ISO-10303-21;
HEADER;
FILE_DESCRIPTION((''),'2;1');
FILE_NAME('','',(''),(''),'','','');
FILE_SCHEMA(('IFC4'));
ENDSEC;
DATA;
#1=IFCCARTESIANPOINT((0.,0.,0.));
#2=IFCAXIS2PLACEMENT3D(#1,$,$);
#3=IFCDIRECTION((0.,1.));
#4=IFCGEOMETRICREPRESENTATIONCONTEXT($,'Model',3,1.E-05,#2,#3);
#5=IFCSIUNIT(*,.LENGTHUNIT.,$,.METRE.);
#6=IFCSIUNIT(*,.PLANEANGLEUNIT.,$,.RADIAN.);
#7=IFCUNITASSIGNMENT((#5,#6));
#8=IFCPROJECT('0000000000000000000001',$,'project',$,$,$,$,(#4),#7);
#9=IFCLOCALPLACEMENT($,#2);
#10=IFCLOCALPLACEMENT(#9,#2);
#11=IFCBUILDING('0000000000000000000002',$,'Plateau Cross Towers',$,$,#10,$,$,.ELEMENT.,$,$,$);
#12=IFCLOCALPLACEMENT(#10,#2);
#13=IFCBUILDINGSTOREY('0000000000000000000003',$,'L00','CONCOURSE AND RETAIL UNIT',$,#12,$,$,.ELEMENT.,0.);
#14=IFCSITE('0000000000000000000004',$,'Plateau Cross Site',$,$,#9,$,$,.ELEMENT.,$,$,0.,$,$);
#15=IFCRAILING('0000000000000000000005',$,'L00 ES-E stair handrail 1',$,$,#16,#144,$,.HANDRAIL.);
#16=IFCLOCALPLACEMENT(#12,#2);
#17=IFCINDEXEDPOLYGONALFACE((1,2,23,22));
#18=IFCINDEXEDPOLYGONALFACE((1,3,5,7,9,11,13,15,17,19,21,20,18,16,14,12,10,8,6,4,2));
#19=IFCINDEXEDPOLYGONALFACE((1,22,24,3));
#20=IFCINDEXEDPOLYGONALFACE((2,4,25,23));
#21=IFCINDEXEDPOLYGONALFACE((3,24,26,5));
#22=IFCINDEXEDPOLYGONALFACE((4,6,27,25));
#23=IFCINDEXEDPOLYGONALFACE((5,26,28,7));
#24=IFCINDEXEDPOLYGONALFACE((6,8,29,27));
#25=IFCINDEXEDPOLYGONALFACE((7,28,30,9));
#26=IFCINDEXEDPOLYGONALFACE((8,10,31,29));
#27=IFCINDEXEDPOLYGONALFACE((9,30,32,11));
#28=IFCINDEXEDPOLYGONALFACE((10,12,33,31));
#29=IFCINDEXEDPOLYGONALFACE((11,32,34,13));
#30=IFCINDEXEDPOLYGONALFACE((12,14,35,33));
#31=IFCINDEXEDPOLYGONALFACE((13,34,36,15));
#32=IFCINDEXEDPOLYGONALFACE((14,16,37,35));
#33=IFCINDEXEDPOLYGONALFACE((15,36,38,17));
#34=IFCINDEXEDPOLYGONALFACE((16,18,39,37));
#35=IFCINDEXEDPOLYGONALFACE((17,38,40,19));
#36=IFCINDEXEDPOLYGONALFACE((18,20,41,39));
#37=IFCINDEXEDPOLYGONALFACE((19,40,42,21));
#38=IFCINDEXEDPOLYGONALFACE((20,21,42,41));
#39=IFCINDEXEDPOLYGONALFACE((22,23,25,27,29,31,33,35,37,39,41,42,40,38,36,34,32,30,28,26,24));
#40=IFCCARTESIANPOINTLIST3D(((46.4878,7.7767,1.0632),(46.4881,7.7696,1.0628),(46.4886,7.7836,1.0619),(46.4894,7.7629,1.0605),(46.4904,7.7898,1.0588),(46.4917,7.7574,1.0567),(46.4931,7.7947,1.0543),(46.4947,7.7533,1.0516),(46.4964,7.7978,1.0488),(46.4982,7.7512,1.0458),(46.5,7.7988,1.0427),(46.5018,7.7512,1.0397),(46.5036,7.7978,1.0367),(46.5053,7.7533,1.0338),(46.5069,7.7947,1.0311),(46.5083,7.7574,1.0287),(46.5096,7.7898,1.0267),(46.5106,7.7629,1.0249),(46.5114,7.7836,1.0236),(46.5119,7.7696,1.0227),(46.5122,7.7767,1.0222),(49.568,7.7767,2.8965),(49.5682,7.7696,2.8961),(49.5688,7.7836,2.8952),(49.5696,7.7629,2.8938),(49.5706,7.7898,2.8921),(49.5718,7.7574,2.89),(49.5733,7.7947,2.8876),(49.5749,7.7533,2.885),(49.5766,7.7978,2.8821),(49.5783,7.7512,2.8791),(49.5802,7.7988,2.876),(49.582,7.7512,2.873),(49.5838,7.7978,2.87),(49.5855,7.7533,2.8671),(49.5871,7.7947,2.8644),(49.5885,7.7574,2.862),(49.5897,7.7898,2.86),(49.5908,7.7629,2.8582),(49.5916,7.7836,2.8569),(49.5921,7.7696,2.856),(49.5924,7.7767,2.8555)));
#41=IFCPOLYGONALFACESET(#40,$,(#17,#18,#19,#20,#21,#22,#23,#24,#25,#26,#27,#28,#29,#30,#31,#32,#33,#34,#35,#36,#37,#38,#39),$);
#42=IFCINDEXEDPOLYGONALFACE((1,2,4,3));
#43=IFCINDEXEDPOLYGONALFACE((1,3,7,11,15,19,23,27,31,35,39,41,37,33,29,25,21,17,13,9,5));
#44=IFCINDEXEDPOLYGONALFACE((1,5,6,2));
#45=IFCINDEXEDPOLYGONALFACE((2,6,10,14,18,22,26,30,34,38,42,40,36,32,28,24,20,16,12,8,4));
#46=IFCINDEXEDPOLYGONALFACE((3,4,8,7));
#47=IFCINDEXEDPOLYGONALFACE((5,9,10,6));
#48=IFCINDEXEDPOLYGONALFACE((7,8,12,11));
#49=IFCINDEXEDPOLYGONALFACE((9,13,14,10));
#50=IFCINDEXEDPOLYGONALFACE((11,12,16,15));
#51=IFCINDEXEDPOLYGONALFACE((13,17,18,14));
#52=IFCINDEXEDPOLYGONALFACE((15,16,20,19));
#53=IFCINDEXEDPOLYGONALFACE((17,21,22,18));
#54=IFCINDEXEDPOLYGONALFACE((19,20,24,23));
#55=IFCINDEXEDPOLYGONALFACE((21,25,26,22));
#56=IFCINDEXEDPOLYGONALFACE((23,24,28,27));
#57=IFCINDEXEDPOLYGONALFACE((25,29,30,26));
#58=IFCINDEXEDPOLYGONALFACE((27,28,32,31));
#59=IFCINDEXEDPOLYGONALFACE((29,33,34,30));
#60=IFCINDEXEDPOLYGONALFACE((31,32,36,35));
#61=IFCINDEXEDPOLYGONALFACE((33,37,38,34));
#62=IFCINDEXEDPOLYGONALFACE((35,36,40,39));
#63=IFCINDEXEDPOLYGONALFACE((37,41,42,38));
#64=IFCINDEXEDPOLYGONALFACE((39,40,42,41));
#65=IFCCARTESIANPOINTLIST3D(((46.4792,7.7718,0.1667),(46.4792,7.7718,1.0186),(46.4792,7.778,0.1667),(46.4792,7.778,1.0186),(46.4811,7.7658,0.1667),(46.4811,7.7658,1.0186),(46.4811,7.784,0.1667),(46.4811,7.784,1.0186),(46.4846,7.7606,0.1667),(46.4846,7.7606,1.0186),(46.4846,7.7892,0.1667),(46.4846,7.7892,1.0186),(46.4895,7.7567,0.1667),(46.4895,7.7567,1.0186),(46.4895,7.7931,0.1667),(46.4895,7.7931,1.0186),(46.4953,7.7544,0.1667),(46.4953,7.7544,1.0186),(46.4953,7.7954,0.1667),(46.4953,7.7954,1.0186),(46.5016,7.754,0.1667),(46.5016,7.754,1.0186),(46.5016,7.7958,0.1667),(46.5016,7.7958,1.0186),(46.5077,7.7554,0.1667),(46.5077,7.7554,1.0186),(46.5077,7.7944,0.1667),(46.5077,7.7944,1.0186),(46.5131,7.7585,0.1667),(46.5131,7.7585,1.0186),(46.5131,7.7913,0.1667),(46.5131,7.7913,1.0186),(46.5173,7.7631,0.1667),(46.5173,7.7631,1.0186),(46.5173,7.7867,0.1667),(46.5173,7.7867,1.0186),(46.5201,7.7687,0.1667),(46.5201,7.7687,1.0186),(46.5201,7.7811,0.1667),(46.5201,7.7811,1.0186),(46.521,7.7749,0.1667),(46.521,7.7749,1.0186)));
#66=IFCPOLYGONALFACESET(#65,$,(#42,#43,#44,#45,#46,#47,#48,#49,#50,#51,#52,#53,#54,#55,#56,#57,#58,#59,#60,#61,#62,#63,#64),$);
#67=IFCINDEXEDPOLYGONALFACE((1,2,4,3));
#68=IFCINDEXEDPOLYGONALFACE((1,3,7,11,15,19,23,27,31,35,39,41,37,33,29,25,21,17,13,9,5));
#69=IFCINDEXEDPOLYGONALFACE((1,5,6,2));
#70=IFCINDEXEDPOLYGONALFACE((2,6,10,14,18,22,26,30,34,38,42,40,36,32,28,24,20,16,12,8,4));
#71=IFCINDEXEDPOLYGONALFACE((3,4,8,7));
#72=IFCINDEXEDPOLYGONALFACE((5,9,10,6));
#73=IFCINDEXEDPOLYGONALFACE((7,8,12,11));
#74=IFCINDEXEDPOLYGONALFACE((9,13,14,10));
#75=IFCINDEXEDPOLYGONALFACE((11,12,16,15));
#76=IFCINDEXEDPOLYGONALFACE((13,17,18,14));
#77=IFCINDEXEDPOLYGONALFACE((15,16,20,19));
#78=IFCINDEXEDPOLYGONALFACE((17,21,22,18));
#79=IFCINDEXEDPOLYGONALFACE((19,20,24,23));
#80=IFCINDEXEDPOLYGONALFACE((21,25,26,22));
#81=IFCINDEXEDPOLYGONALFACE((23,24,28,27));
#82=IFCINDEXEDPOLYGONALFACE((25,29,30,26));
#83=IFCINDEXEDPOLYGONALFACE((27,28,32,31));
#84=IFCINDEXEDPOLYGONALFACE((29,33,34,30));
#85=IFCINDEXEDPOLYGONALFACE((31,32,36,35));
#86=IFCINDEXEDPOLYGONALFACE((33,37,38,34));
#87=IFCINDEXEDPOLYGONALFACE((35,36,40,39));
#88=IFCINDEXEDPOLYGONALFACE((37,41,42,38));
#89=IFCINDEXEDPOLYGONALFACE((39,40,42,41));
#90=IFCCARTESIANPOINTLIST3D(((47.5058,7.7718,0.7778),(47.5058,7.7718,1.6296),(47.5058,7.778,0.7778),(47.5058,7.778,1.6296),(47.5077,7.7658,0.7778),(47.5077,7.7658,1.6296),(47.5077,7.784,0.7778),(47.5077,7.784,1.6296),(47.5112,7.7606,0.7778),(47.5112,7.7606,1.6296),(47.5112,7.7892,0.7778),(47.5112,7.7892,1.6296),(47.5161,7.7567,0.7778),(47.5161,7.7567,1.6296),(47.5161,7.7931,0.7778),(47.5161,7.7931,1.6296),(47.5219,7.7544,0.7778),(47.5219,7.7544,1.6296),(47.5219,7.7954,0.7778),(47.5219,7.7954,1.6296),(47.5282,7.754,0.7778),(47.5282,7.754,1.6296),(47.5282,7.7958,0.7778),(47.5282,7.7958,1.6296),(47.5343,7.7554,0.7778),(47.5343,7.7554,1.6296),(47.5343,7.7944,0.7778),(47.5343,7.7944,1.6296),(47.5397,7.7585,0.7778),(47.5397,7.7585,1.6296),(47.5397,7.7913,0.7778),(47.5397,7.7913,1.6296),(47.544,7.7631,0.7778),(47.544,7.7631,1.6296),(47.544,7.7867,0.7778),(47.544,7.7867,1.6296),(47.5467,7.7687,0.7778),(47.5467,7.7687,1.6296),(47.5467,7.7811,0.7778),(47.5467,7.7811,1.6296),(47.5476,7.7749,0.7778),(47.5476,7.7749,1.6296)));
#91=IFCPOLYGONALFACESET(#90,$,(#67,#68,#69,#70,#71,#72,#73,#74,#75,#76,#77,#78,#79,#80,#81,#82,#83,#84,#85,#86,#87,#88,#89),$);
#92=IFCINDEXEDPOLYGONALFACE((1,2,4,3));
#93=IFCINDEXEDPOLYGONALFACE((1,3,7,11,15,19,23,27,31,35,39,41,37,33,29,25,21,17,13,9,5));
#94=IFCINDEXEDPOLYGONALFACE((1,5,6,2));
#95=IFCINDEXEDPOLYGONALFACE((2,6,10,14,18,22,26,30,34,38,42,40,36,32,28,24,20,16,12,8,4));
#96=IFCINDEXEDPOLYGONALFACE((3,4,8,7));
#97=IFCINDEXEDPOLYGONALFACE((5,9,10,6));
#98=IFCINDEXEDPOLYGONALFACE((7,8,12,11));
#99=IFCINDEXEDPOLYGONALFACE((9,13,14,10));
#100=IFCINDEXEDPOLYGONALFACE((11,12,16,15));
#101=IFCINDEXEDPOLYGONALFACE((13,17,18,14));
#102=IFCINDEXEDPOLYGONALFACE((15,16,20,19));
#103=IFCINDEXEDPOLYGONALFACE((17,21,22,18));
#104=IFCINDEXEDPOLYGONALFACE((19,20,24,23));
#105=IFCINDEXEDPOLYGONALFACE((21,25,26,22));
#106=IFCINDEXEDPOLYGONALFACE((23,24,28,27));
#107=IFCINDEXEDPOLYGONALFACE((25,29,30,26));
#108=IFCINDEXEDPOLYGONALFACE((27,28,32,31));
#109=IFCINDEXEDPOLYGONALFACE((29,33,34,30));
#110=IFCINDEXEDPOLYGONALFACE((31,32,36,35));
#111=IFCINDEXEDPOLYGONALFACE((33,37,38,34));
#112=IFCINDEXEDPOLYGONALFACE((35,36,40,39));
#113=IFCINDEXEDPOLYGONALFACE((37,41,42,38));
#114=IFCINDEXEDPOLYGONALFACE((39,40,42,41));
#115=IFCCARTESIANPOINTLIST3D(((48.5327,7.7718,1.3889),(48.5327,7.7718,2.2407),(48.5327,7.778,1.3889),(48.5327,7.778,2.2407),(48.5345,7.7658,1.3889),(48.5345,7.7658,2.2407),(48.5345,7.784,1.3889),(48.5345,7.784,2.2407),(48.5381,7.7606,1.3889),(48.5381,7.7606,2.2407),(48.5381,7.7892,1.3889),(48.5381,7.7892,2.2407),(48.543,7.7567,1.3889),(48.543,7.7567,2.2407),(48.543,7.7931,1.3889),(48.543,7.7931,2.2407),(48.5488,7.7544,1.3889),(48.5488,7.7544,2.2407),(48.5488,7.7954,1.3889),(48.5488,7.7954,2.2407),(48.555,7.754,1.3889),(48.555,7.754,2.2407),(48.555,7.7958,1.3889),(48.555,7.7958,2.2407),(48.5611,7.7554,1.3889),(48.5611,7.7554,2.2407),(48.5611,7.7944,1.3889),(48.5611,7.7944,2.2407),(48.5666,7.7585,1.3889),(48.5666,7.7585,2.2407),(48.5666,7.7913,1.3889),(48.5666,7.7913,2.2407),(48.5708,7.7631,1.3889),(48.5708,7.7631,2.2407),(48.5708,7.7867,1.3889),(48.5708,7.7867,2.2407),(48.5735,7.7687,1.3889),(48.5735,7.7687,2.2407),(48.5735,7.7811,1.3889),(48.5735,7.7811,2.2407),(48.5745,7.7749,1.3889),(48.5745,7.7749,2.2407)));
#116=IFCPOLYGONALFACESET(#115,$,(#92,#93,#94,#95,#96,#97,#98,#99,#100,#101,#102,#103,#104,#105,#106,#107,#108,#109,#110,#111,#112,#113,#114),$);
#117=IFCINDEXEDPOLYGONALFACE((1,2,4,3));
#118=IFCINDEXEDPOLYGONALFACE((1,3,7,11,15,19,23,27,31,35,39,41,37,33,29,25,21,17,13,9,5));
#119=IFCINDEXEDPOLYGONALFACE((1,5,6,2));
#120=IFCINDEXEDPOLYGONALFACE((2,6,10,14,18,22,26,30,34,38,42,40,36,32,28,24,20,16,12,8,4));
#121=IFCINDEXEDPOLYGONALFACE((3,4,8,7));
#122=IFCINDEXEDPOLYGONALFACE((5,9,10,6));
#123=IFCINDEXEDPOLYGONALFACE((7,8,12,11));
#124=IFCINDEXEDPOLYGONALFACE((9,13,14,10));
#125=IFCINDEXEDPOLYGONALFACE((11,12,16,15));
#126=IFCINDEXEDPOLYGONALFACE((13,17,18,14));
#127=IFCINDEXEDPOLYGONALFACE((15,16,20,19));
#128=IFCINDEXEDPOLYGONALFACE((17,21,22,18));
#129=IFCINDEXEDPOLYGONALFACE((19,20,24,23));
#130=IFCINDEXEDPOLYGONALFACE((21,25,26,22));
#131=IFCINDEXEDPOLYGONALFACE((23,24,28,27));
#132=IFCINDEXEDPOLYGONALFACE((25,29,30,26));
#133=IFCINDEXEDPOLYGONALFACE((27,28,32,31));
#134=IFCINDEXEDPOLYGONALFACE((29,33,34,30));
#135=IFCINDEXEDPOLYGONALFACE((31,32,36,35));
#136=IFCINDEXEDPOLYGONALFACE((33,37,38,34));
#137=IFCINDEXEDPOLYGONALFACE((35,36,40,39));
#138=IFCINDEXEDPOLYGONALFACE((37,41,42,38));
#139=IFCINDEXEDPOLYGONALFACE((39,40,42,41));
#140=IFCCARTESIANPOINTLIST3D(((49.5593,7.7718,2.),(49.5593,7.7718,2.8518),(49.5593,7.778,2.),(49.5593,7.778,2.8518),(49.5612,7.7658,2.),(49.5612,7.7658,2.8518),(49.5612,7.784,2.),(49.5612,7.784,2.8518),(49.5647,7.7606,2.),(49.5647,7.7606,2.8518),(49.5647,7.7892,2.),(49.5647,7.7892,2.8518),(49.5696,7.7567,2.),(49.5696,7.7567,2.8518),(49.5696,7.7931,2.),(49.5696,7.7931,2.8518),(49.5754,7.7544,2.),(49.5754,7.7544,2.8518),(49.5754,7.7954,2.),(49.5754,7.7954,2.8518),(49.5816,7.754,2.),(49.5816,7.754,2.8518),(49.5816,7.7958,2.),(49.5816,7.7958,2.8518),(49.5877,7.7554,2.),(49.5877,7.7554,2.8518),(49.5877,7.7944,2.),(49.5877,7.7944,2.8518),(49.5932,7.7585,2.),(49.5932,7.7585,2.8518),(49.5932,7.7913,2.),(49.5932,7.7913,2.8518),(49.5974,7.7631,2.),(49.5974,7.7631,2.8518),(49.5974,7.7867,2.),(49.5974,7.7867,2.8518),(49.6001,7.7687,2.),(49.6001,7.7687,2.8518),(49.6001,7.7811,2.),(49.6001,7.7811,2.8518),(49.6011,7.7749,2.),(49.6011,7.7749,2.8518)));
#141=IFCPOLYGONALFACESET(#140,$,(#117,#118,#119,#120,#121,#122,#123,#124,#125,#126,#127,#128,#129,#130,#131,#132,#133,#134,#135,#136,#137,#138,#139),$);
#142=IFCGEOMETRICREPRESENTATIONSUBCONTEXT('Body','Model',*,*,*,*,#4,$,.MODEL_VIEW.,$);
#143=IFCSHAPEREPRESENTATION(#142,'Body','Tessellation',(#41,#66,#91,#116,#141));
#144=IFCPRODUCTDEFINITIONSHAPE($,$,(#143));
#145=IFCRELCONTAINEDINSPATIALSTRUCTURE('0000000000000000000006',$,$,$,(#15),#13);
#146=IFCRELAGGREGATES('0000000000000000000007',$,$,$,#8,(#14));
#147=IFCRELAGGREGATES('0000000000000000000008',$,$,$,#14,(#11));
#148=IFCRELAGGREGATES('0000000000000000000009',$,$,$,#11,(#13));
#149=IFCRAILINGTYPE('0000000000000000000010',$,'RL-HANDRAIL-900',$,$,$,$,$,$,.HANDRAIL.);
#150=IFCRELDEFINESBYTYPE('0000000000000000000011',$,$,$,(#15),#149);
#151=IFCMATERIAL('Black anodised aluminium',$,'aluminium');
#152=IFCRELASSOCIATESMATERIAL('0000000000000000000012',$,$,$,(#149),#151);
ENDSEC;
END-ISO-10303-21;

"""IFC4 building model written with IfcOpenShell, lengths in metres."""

from ifc_helpers import new_model, si_unit, direction, frame, origin, origin_2d, place, context, subcontext, project, spatial, circle, extrude, material, type_object, element, save


model = new_model("IFC4")

# Units and contexts
model_context = context("Model", 3, precision=1e-05, world=origin(), true_north=direction((0.0, 1.0)))
body_context = subcontext(model_context, "Body", "Model", "MODEL_VIEW")
ifc_project = project(units=[si_unit("LENGTHUNIT", "METRE"), si_unit("PLANEANGLEUNIT", "RADIAN")], contexts=[model_context])

# Site, building, storey
site_placement = place(None, origin())
site = spatial("IfcSite", under=ifc_project, at=site_placement, Name="Plateau Cross Site", CompositionType="ELEMENT", RefElevation=0.0)
building_placement = place(site_placement, origin())
building = spatial("IfcBuilding", under=site, at=building_placement, Name="Plateau Cross Towers", CompositionType="ELEMENT")
storey_placement = place(building_placement, origin())
storey = spatial("IfcBuildingStorey", under=building, at=storey_placement, Name="L00", Description="CONCOURSE AND RETAIL UNIT", CompositionType="ELEMENT", Elevation=0.0)

# Railing
ifc_material_1 = material(Name="Black anodised aluminium", Category="aluminium")
railing_type_1 = type_object("IfcRailingType", Name="RL-HANDRAIL-900", PredefinedType="HANDRAIL", material=ifc_material_1)
railing_1_placement = place(storey_placement, frame((46.5, 7.7749, 0.1667)))
element("IfcRailing", 1, at=railing_1_placement, inside=storey, type_object=railing_type_1, Name="L00 ES-E stair handrail 1", PredefinedType="HANDRAIL", context=body_context, shape_type="SweptSolid", body=[
    extrude(circle(Radius=0.0239, at=origin_2d()), frame((0.0, 0.0, 0.876), z_axis=(0.859309, 0.0, 0.511458), x_axis=(0.0, 1.0, 0.0)), (0.0, 0.0, 1.0), 3.5845),
    extrude(circle(Radius=0.021, at=origin_2d()), origin(), (0.0, 0.0, 1.0), 0.8518),
    extrude(circle(Radius=0.021, at=origin_2d()), frame((1.0266, 0.0, 0.6111)), (0.0, 0.0, 1.0), 0.8518),
    extrude(circle(Radius=0.021, at=origin_2d()), frame((2.0535, 0.0, 1.2222)), (0.0, 0.0, 1.0), 0.8518),
    extrude(circle(Radius=0.021, at=origin_2d()), frame((3.0801, 0.0, 1.8333)), (0.0, 0.0, 1.0), 0.8518),
])

save(model, "model.ifc")
